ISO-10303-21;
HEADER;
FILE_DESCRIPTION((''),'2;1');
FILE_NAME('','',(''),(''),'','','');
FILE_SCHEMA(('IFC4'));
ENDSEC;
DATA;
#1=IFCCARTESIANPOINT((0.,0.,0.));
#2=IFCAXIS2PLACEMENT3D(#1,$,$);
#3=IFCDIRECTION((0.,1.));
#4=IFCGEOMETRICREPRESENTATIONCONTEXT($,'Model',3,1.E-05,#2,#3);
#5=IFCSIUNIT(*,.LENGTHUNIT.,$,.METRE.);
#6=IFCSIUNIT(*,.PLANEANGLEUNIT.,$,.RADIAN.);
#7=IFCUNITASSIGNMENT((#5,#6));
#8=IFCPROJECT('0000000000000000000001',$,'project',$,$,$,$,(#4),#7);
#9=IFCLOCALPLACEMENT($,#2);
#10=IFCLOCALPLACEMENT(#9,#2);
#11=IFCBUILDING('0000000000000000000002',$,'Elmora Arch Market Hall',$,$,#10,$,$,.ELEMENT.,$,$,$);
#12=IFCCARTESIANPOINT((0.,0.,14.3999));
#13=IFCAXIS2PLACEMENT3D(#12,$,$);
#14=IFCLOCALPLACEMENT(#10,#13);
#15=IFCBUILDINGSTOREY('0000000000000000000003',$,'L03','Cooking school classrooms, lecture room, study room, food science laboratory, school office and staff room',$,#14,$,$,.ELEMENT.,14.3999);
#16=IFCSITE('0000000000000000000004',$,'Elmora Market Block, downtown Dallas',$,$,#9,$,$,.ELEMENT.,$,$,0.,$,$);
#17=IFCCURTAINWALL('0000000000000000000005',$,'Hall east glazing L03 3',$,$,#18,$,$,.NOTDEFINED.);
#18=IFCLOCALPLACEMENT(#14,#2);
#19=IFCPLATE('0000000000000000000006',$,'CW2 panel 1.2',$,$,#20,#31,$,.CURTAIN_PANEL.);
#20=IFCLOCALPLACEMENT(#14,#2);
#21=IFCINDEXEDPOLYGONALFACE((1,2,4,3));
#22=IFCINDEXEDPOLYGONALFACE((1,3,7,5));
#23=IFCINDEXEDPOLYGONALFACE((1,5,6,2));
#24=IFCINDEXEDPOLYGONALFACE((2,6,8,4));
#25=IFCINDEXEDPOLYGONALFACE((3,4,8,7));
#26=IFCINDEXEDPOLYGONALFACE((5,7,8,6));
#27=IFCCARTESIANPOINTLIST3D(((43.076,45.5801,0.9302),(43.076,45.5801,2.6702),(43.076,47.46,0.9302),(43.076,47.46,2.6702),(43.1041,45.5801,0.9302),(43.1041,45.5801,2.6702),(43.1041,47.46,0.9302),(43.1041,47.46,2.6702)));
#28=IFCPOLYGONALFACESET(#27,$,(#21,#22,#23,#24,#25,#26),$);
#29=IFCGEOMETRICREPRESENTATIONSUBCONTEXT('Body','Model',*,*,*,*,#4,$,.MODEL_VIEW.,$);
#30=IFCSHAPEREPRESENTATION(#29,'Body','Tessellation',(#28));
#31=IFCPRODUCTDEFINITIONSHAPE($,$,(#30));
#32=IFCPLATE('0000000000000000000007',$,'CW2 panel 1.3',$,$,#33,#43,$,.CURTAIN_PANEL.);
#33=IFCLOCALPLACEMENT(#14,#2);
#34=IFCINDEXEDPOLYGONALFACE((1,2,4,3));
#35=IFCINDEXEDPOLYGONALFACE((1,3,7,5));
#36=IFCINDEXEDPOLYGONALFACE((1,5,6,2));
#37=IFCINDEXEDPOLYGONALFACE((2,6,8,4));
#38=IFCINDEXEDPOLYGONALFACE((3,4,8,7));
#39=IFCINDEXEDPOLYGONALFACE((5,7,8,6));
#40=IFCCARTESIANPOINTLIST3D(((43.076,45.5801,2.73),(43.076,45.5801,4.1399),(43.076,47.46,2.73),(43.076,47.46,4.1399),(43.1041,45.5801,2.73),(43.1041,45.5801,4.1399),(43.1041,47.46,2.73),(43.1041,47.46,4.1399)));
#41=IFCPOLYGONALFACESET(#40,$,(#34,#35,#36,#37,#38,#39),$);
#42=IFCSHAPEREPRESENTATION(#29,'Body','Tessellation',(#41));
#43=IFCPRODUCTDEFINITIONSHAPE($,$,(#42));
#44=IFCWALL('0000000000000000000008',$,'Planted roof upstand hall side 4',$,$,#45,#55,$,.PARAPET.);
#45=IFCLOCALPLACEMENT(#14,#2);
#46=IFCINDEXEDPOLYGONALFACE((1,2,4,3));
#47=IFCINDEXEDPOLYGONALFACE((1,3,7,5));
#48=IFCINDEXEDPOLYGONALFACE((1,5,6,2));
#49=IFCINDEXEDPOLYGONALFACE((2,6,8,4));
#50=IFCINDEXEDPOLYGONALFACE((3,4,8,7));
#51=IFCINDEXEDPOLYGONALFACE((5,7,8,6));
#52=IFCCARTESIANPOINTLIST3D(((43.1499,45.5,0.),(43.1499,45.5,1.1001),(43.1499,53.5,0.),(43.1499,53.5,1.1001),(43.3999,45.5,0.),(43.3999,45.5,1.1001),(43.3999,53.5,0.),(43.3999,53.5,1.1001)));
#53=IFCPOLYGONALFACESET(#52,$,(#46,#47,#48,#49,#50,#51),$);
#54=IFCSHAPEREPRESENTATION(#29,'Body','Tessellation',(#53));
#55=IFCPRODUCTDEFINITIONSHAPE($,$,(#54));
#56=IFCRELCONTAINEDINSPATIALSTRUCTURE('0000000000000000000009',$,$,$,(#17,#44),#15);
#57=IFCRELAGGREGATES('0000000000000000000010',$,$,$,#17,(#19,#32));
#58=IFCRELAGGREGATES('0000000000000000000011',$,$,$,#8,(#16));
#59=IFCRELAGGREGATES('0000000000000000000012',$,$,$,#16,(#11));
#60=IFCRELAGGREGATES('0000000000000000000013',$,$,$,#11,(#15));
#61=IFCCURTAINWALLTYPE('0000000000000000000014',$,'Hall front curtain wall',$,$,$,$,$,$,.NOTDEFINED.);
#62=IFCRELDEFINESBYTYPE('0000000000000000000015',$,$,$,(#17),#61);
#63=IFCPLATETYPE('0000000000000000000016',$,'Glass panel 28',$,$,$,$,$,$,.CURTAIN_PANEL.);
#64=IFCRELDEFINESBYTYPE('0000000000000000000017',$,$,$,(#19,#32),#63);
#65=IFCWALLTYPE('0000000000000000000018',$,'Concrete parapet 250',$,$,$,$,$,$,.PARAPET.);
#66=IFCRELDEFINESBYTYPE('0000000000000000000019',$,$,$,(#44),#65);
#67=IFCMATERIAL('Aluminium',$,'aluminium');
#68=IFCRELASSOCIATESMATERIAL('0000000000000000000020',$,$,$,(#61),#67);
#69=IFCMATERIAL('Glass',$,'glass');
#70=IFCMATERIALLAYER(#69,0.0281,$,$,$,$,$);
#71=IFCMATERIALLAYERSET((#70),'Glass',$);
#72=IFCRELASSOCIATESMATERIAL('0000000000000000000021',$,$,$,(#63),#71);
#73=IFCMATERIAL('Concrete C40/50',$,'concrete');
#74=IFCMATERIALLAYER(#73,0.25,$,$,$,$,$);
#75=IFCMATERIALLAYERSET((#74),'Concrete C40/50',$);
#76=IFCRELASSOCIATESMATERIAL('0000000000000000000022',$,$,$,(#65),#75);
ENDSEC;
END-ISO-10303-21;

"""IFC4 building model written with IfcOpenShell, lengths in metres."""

from ifc_helpers import new_model, si_unit, direction, frame, frame_2d, origin, origin_2d, place, context, subcontext, project, spatial, rectangle, extrude, material, layer, layer_set, type_object, element, aggregate, save


model = new_model("IFC4")

# Units and contexts
model_context = context("Model", 3, precision=1e-05, world=origin(), true_north=direction((0.0, 1.0)))
body_context = subcontext(model_context, "Body", "Model", "MODEL_VIEW")
ifc_project = project(units=[si_unit("LENGTHUNIT", "METRE"), si_unit("PLANEANGLEUNIT", "RADIAN")], contexts=[model_context])

# Site, building, storey
site_placement = place(None, origin())
site = spatial("IfcSite", under=ifc_project, at=site_placement, Name="Elmora Market Block, downtown Dallas", CompositionType="ELEMENT", RefElevation=0.0)
building_placement = place(site_placement, origin())
building = spatial("IfcBuilding", under=site, at=building_placement, Name="Elmora Arch Market Hall", CompositionType="ELEMENT")
storey_placement = place(building_placement, frame((0.0, 0.0, 14.3999)))
storey = spatial("IfcBuildingStorey", under=building, at=storey_placement, Name="L03", Description="Cooking school classrooms, lecture room, study room, food science laboratory, school office and staff room", CompositionType="ELEMENT", Elevation=14.3999)

# Curtain wall
ifc_material_1 = material(Name="Aluminium", Category="aluminium")
curtain_wall_type = type_object("IfcCurtainWallType", Name="Hall front curtain wall", PredefinedType="NOTDEFINED", material=ifc_material_1)
curtain_wall_1_placement = place(storey_placement, origin())
curtain_wall_1 = element("IfcCurtainWall", 1, at=curtain_wall_1_placement, inside=storey, type_object=curtain_wall_type, Name="Hall east glazing L03 3", PredefinedType="NOTDEFINED")

# Plates
ifc_material_2 = material(Name="Glass", Category="glass")
ifc_layer_1 = layer(ifc_material_2, 0.0281)
ifc_layer_set_1 = layer_set([ifc_layer_1], Name="Glass")
plate_type = type_object("IfcPlateType", Name="Glass panel 28", PredefinedType="CURTAIN_PANEL", material=ifc_layer_set_1)
plate_1_placement = place(storey_placement, frame((43.0901, 46.52, 0.9302), z_axis=(0.0, 0.0, 1.0), x_axis=(0.0, 1.0, 0.0)))
plate_1 = element("IfcPlate", 2, at=plate_1_placement, type_object=plate_type, Name="CW2 panel 1.2", PredefinedType="CURTAIN_PANEL", context=body_context, shape_type="SweptSolid", body=[
    extrude(rectangle(XDim=1.8799, YDim=0.0281, at=origin_2d()), origin(), (0.0, 0.0, 1.0), 1.74),
])
plate_2_placement = place(storey_placement, frame((43.0901, 46.52, 2.73), z_axis=(0.0, 0.0, 1.0), x_axis=(0.0, 1.0, 0.0)))
plate_2 = element("IfcPlate", 3, at=plate_2_placement, type_object=plate_type, Name="CW2 panel 1.3", PredefinedType="CURTAIN_PANEL", context=body_context, shape_type="SweptSolid", body=[
    extrude(rectangle(XDim=1.8799, YDim=0.0281, at=origin_2d()), origin(), (0.0, 0.0, 1.0), 1.4099),
])
aggregate(curtain_wall_1, [plate_1, plate_2])

# Wall
ifc_material_3 = material(Name="Concrete C40/50", Category="concrete")
ifc_layer_2 = layer(ifc_material_3, 0.25)
ifc_layer_set_2 = layer_set([ifc_layer_2], Name="Concrete C40/50")
wall_type = type_object("IfcWallType", Name="Concrete parapet 250", PredefinedType="PARAPET", material=ifc_layer_set_2)
wall_placement = place(storey_placement, frame((43.2749, 45.5, 0.0), z_axis=(0.0, 0.0, 1.0), x_axis=(0.0, 1.0, 0.0)))
element("IfcWall", 4, at=wall_placement, inside=storey, type_object=wall_type, Name="Planted roof upstand hall side 4", PredefinedType="PARAPET", context=body_context, shape_type="SweptSolid", body=[
    extrude(rectangle(XDim=8.0, YDim=0.25, at=frame_2d((4.0, 0.0))), origin(), (0.0, 0.0, 1.0), 1.1001),
])

save(model, "model.ifc")
